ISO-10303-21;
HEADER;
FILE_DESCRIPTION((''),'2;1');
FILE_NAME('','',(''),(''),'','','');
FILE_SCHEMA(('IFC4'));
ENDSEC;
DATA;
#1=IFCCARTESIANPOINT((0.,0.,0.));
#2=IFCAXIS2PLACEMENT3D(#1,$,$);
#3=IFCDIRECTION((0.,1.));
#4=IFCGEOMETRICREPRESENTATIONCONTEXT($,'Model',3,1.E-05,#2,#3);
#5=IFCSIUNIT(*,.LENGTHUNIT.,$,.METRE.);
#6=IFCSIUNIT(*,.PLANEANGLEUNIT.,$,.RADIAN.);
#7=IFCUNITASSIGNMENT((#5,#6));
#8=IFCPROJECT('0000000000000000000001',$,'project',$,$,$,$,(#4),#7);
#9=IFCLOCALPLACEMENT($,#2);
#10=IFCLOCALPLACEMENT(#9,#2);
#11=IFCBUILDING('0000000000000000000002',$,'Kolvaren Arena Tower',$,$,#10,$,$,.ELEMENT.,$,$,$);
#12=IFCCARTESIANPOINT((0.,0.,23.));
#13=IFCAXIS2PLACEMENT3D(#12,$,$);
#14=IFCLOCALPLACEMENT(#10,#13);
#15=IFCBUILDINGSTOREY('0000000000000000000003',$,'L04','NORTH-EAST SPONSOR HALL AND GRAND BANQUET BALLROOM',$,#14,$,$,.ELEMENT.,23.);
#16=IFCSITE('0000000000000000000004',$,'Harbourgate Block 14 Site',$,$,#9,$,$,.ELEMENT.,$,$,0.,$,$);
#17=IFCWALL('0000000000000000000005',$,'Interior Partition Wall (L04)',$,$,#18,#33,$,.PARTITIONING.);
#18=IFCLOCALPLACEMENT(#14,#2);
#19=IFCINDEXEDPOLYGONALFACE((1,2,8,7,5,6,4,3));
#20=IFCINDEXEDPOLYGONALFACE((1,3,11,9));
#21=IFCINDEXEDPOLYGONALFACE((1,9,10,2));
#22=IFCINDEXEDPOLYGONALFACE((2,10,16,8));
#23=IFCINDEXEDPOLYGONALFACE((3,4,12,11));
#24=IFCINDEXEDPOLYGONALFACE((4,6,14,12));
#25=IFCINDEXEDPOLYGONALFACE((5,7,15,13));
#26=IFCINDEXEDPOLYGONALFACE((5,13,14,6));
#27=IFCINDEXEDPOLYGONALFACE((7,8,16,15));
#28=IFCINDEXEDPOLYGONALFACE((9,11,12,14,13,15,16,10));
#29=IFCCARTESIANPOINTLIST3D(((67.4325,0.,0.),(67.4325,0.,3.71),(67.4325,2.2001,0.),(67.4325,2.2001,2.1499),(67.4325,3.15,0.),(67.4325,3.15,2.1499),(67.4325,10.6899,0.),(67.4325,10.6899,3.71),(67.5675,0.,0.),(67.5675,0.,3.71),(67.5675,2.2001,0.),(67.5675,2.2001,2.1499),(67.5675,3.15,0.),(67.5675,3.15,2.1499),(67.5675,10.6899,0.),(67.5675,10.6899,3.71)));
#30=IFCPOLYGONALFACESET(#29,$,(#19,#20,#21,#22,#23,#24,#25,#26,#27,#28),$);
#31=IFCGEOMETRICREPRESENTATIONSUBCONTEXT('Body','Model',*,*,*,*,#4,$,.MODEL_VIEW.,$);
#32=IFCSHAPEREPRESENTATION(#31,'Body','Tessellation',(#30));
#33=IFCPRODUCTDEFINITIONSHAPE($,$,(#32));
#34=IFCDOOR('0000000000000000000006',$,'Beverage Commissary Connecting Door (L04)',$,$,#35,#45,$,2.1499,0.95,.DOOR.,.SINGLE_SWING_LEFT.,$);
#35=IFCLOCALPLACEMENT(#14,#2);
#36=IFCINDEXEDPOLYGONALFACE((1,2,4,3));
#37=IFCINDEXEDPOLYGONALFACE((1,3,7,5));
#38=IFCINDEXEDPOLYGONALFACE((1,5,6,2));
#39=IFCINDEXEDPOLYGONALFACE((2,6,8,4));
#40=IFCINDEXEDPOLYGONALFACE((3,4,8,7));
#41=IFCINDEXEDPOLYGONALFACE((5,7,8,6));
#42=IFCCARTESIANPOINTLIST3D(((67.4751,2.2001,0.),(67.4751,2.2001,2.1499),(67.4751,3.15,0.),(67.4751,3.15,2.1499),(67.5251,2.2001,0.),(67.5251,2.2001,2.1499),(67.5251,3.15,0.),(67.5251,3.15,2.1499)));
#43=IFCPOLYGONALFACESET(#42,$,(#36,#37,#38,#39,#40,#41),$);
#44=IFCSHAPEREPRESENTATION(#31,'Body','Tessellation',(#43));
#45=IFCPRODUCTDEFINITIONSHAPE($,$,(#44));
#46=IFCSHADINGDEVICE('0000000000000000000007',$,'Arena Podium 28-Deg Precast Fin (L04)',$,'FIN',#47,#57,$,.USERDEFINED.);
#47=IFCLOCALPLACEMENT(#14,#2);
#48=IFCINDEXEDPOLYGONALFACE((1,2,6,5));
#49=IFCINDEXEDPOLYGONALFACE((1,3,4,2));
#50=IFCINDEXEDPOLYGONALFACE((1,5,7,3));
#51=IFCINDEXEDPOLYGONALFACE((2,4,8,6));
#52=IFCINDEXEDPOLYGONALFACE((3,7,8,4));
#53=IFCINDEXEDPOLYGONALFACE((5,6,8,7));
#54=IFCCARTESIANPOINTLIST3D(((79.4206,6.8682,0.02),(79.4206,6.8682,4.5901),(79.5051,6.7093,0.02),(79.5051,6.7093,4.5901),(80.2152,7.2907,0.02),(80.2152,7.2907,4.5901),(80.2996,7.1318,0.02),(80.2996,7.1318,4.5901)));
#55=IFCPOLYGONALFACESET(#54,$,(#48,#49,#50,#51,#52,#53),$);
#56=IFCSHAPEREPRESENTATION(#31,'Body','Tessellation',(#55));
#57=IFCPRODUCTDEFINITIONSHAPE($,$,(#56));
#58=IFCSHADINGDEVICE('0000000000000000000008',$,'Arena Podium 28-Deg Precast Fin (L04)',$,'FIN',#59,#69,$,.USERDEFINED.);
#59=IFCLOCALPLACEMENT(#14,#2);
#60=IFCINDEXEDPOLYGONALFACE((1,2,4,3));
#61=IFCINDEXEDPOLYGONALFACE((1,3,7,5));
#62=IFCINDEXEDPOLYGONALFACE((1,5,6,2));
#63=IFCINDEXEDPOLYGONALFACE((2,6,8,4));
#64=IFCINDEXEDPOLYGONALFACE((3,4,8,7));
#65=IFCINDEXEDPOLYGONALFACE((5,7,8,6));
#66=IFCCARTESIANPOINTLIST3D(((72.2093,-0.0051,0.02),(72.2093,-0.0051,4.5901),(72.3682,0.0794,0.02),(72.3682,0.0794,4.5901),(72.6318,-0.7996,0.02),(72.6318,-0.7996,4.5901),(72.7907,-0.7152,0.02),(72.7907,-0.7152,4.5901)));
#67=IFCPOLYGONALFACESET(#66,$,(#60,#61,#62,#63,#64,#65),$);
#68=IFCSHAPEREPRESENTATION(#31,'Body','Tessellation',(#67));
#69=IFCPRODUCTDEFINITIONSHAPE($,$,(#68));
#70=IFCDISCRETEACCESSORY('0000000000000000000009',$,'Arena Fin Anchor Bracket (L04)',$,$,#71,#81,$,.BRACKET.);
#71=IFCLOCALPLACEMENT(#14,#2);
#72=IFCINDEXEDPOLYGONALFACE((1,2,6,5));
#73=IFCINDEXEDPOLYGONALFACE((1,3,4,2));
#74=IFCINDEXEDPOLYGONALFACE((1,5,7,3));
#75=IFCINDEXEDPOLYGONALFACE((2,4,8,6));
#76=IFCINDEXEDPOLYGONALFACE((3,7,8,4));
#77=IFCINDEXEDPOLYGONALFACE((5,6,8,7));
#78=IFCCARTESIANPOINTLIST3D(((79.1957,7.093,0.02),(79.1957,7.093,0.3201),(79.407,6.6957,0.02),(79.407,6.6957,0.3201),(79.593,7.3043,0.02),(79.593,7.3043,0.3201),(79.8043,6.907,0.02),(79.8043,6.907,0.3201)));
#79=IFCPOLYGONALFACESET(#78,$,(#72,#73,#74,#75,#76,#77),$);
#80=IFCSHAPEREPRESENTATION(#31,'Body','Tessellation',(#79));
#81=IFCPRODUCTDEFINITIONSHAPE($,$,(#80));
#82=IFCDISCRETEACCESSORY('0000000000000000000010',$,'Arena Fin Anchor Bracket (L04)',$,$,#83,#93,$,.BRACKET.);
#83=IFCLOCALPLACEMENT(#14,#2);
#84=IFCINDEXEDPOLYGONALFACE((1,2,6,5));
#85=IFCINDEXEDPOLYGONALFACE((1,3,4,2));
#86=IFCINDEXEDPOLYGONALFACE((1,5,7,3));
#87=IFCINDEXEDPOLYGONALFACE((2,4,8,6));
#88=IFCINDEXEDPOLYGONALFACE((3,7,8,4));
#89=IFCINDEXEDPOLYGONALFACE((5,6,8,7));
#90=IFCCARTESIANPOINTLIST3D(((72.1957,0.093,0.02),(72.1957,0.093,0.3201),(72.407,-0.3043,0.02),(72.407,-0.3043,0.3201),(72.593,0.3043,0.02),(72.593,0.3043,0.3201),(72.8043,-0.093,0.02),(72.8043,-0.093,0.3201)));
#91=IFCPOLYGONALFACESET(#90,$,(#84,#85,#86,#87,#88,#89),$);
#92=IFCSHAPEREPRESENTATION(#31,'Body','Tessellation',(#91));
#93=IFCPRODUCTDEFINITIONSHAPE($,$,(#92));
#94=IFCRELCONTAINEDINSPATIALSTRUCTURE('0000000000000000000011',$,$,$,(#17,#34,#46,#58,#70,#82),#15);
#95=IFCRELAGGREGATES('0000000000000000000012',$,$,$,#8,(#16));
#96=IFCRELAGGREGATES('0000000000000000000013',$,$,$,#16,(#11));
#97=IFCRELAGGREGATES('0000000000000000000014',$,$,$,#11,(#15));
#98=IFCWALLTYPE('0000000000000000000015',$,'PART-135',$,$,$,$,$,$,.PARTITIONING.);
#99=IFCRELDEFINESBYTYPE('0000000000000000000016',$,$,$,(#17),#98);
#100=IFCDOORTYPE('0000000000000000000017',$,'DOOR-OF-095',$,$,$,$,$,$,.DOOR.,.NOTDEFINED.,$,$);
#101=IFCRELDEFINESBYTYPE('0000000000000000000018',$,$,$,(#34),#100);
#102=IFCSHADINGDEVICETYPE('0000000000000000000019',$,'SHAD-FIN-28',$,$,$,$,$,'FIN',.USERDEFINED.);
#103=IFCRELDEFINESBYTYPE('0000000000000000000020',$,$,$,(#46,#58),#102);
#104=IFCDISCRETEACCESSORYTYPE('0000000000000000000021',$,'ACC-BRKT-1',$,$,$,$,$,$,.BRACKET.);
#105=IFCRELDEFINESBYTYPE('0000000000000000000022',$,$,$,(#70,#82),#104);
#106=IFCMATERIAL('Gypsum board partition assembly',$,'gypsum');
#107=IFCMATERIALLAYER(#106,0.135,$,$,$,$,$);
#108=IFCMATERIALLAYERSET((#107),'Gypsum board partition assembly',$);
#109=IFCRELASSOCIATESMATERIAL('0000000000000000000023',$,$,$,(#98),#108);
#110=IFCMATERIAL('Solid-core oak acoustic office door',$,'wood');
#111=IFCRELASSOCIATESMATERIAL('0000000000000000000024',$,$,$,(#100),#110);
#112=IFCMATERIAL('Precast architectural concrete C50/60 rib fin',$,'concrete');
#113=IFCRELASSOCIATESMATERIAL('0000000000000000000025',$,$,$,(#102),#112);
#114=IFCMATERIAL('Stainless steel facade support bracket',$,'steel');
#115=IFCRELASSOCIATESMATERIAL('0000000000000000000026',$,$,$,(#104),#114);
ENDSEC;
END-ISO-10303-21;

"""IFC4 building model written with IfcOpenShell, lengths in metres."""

from ifc_helpers import new_model, si_unit, direction, frame, frame_2d, origin, origin_2d, place, context, subcontext, project, spatial, rectangle, extrude, material, layer, layer_set, type_object, element, fill, save


model = new_model("IFC4")

# Units and contexts
model_context = context("Model", 3, precision=1e-05, world=origin(), true_north=direction((0.0, 1.0)))
body_context = subcontext(model_context, "Body", "Model", "MODEL_VIEW")
ifc_project = project(units=[si_unit("LENGTHUNIT", "METRE"), si_unit("PLANEANGLEUNIT", "RADIAN")], contexts=[model_context])

# Site, building, storey
site_placement = place(None, origin())
site = spatial("IfcSite", under=ifc_project, at=site_placement, Name="Harbourgate Block 14 Site", CompositionType="ELEMENT", RefElevation=0.0)
building_placement = place(site_placement, origin())
building = spatial("IfcBuilding", under=site, at=building_placement, Name="Kolvaren Arena Tower", CompositionType="ELEMENT")
storey_placement = place(building_placement, frame((0.0, 0.0, 23.0)))
storey = spatial("IfcBuildingStorey", under=building, at=storey_placement, Name="L04", Description="NORTH-EAST SPONSOR HALL AND GRAND BANQUET BALLROOM", CompositionType="ELEMENT", Elevation=23.0)

# Wall, opening, door
ifc_material_1 = material(Name="Gypsum board partition assembly", Category="gypsum")
ifc_layer_1 = layer(ifc_material_1, 0.135)
ifc_layer_set_1 = layer_set([ifc_layer_1], Name="Gypsum board partition assembly")
wall_type_1 = type_object("IfcWallType", Name="PART-135", PredefinedType="PARTITIONING", material=ifc_layer_set_1)
wall_1_placement = place(storey_placement, frame((67.5, 0.0, 0.0), z_axis=(0.0, 0.0, 1.0), x_axis=(0.0, 1.0, 0.0)))
wall_1 = element("IfcWall", 1, at=wall_1_placement, inside=storey, type_object=wall_type_1, Name="Interior Partition Wall (L04)", PredefinedType="PARTITIONING", context=body_context, shape_type="SweptSolid", body=[
    extrude(rectangle(XDim=10.6899, YDim=0.135, at=frame_2d((5.345, 0.0))), origin(), (0.0, 0.0, 1.0), 3.71),
])
opening_1_placement = place(wall_1_placement, frame((2.2, 0.0, 0.0)))
opening_1 = element("IfcOpeningElement", 2, at=opening_1_placement, cuts=wall_1, PredefinedType="OPENING", context=body_context, shape_type="SweptSolid", body=[
    extrude(rectangle(XDim=0.95, YDim=2.1499, at=frame_2d((0.4751, 1.075))), frame((0.0, 0.0774, 0.0), z_axis=(0.0, -1.0, 0.0), x_axis=(1.0, 0.0, 0.0)), (0.0, 0.0, 1.0), 0.155),
])
ifc_material_2 = material(Name="Solid-core oak acoustic office door", Category="wood")
door_type = type_object("IfcDoorType", Name="DOOR-OF-095", OperationType="NOTDEFINED", PredefinedType="DOOR", material=ifc_material_2)
door_placement = place(opening_1_placement, origin())
door = element("IfcDoor", 3, at=door_placement, inside=storey, type_object=door_type, Name="Beverage Commissary Connecting Door (L04)", OperationType="SINGLE_SWING_LEFT", OverallHeight=2.1499, OverallWidth=0.95, PredefinedType="DOOR", context=body_context, shape_type="SweptSolid", body=[
    extrude(rectangle(XDim=0.95, YDim=2.1499, at=frame_2d((0.4751, 1.075))), frame((0.0, 0.0249, 0.0), z_axis=(0.0, -1.0, 0.0), x_axis=(1.0, 0.0, 0.0)), (0.0, 0.0, 1.0), 0.05),
])
fill(opening_1, door)

# Shading devices
ifc_material_3 = material(Name="Precast architectural concrete C50/60 rib fin", Category="concrete")
shading_device_type = type_object("IfcShadingDeviceType", Name="SHAD-FIN-28", ElementType="FIN", PredefinedType="USERDEFINED", material=ifc_material_3)
for number, where, z_axis, x_axis, name in (
    (4, (79.8601, 7.0, 0.02), (0.0, 0.0, 1.0), (0.882948, 0.469472, 0.0), "Arena Podium 28-Deg Precast Fin (L04)"),
    (5, (72.5, -0.3601, 0.02), (0.0, 0.0, 1.0), (0.469472, -0.882948, 0.0), "Arena Podium 28-Deg Precast Fin (L04)"),
):
    element("IfcShadingDevice", number, at=place(storey_placement, frame(where, z_axis=z_axis, x_axis=x_axis)), inside=storey, type_object=shading_device_type, Name=name, ObjectType="FIN", PredefinedType="USERDEFINED", context=body_context, shape_type="SweptSolid", body=[
        extrude(rectangle(XDim=0.8999, YDim=0.1799, at=origin_2d()), origin(), (0.0, 0.0, 1.0), 4.5701),
    ])

# Discrete accessories
ifc_material_4 = material(Name="Stainless steel facade support bracket", Category="steel")
discrete_accessory_type = type_object("IfcDiscreteAccessoryType", Name="ACC-BRKT-1", PredefinedType="BRACKET", material=ifc_material_4)
for number, where, z_axis, x_axis, name in (
    (6, (79.5, 7.0, 0.02), (0.0, 0.0, 1.0), (0.882948, 0.469472, 0.0), "Arena Fin Anchor Bracket (L04)"),
    (7, (72.5, 0.0, 0.02), (0.0, 0.0, 1.0), (0.469472, -0.882948, 0.0), "Arena Fin Anchor Bracket (L04)"),
):
    element("IfcDiscreteAccessory", number, at=place(storey_placement, frame(where, z_axis=z_axis, x_axis=x_axis)), inside=storey, type_object=discrete_accessory_type, Name=name, PredefinedType="BRACKET", context=body_context, shape_type="SweptSolid", body=[
        extrude(rectangle(XDim=0.45, YDim=0.45, at=origin_2d()), origin(), (0.0, 0.0, 1.0), 0.3),
    ])

save(model, "model.ifc")
